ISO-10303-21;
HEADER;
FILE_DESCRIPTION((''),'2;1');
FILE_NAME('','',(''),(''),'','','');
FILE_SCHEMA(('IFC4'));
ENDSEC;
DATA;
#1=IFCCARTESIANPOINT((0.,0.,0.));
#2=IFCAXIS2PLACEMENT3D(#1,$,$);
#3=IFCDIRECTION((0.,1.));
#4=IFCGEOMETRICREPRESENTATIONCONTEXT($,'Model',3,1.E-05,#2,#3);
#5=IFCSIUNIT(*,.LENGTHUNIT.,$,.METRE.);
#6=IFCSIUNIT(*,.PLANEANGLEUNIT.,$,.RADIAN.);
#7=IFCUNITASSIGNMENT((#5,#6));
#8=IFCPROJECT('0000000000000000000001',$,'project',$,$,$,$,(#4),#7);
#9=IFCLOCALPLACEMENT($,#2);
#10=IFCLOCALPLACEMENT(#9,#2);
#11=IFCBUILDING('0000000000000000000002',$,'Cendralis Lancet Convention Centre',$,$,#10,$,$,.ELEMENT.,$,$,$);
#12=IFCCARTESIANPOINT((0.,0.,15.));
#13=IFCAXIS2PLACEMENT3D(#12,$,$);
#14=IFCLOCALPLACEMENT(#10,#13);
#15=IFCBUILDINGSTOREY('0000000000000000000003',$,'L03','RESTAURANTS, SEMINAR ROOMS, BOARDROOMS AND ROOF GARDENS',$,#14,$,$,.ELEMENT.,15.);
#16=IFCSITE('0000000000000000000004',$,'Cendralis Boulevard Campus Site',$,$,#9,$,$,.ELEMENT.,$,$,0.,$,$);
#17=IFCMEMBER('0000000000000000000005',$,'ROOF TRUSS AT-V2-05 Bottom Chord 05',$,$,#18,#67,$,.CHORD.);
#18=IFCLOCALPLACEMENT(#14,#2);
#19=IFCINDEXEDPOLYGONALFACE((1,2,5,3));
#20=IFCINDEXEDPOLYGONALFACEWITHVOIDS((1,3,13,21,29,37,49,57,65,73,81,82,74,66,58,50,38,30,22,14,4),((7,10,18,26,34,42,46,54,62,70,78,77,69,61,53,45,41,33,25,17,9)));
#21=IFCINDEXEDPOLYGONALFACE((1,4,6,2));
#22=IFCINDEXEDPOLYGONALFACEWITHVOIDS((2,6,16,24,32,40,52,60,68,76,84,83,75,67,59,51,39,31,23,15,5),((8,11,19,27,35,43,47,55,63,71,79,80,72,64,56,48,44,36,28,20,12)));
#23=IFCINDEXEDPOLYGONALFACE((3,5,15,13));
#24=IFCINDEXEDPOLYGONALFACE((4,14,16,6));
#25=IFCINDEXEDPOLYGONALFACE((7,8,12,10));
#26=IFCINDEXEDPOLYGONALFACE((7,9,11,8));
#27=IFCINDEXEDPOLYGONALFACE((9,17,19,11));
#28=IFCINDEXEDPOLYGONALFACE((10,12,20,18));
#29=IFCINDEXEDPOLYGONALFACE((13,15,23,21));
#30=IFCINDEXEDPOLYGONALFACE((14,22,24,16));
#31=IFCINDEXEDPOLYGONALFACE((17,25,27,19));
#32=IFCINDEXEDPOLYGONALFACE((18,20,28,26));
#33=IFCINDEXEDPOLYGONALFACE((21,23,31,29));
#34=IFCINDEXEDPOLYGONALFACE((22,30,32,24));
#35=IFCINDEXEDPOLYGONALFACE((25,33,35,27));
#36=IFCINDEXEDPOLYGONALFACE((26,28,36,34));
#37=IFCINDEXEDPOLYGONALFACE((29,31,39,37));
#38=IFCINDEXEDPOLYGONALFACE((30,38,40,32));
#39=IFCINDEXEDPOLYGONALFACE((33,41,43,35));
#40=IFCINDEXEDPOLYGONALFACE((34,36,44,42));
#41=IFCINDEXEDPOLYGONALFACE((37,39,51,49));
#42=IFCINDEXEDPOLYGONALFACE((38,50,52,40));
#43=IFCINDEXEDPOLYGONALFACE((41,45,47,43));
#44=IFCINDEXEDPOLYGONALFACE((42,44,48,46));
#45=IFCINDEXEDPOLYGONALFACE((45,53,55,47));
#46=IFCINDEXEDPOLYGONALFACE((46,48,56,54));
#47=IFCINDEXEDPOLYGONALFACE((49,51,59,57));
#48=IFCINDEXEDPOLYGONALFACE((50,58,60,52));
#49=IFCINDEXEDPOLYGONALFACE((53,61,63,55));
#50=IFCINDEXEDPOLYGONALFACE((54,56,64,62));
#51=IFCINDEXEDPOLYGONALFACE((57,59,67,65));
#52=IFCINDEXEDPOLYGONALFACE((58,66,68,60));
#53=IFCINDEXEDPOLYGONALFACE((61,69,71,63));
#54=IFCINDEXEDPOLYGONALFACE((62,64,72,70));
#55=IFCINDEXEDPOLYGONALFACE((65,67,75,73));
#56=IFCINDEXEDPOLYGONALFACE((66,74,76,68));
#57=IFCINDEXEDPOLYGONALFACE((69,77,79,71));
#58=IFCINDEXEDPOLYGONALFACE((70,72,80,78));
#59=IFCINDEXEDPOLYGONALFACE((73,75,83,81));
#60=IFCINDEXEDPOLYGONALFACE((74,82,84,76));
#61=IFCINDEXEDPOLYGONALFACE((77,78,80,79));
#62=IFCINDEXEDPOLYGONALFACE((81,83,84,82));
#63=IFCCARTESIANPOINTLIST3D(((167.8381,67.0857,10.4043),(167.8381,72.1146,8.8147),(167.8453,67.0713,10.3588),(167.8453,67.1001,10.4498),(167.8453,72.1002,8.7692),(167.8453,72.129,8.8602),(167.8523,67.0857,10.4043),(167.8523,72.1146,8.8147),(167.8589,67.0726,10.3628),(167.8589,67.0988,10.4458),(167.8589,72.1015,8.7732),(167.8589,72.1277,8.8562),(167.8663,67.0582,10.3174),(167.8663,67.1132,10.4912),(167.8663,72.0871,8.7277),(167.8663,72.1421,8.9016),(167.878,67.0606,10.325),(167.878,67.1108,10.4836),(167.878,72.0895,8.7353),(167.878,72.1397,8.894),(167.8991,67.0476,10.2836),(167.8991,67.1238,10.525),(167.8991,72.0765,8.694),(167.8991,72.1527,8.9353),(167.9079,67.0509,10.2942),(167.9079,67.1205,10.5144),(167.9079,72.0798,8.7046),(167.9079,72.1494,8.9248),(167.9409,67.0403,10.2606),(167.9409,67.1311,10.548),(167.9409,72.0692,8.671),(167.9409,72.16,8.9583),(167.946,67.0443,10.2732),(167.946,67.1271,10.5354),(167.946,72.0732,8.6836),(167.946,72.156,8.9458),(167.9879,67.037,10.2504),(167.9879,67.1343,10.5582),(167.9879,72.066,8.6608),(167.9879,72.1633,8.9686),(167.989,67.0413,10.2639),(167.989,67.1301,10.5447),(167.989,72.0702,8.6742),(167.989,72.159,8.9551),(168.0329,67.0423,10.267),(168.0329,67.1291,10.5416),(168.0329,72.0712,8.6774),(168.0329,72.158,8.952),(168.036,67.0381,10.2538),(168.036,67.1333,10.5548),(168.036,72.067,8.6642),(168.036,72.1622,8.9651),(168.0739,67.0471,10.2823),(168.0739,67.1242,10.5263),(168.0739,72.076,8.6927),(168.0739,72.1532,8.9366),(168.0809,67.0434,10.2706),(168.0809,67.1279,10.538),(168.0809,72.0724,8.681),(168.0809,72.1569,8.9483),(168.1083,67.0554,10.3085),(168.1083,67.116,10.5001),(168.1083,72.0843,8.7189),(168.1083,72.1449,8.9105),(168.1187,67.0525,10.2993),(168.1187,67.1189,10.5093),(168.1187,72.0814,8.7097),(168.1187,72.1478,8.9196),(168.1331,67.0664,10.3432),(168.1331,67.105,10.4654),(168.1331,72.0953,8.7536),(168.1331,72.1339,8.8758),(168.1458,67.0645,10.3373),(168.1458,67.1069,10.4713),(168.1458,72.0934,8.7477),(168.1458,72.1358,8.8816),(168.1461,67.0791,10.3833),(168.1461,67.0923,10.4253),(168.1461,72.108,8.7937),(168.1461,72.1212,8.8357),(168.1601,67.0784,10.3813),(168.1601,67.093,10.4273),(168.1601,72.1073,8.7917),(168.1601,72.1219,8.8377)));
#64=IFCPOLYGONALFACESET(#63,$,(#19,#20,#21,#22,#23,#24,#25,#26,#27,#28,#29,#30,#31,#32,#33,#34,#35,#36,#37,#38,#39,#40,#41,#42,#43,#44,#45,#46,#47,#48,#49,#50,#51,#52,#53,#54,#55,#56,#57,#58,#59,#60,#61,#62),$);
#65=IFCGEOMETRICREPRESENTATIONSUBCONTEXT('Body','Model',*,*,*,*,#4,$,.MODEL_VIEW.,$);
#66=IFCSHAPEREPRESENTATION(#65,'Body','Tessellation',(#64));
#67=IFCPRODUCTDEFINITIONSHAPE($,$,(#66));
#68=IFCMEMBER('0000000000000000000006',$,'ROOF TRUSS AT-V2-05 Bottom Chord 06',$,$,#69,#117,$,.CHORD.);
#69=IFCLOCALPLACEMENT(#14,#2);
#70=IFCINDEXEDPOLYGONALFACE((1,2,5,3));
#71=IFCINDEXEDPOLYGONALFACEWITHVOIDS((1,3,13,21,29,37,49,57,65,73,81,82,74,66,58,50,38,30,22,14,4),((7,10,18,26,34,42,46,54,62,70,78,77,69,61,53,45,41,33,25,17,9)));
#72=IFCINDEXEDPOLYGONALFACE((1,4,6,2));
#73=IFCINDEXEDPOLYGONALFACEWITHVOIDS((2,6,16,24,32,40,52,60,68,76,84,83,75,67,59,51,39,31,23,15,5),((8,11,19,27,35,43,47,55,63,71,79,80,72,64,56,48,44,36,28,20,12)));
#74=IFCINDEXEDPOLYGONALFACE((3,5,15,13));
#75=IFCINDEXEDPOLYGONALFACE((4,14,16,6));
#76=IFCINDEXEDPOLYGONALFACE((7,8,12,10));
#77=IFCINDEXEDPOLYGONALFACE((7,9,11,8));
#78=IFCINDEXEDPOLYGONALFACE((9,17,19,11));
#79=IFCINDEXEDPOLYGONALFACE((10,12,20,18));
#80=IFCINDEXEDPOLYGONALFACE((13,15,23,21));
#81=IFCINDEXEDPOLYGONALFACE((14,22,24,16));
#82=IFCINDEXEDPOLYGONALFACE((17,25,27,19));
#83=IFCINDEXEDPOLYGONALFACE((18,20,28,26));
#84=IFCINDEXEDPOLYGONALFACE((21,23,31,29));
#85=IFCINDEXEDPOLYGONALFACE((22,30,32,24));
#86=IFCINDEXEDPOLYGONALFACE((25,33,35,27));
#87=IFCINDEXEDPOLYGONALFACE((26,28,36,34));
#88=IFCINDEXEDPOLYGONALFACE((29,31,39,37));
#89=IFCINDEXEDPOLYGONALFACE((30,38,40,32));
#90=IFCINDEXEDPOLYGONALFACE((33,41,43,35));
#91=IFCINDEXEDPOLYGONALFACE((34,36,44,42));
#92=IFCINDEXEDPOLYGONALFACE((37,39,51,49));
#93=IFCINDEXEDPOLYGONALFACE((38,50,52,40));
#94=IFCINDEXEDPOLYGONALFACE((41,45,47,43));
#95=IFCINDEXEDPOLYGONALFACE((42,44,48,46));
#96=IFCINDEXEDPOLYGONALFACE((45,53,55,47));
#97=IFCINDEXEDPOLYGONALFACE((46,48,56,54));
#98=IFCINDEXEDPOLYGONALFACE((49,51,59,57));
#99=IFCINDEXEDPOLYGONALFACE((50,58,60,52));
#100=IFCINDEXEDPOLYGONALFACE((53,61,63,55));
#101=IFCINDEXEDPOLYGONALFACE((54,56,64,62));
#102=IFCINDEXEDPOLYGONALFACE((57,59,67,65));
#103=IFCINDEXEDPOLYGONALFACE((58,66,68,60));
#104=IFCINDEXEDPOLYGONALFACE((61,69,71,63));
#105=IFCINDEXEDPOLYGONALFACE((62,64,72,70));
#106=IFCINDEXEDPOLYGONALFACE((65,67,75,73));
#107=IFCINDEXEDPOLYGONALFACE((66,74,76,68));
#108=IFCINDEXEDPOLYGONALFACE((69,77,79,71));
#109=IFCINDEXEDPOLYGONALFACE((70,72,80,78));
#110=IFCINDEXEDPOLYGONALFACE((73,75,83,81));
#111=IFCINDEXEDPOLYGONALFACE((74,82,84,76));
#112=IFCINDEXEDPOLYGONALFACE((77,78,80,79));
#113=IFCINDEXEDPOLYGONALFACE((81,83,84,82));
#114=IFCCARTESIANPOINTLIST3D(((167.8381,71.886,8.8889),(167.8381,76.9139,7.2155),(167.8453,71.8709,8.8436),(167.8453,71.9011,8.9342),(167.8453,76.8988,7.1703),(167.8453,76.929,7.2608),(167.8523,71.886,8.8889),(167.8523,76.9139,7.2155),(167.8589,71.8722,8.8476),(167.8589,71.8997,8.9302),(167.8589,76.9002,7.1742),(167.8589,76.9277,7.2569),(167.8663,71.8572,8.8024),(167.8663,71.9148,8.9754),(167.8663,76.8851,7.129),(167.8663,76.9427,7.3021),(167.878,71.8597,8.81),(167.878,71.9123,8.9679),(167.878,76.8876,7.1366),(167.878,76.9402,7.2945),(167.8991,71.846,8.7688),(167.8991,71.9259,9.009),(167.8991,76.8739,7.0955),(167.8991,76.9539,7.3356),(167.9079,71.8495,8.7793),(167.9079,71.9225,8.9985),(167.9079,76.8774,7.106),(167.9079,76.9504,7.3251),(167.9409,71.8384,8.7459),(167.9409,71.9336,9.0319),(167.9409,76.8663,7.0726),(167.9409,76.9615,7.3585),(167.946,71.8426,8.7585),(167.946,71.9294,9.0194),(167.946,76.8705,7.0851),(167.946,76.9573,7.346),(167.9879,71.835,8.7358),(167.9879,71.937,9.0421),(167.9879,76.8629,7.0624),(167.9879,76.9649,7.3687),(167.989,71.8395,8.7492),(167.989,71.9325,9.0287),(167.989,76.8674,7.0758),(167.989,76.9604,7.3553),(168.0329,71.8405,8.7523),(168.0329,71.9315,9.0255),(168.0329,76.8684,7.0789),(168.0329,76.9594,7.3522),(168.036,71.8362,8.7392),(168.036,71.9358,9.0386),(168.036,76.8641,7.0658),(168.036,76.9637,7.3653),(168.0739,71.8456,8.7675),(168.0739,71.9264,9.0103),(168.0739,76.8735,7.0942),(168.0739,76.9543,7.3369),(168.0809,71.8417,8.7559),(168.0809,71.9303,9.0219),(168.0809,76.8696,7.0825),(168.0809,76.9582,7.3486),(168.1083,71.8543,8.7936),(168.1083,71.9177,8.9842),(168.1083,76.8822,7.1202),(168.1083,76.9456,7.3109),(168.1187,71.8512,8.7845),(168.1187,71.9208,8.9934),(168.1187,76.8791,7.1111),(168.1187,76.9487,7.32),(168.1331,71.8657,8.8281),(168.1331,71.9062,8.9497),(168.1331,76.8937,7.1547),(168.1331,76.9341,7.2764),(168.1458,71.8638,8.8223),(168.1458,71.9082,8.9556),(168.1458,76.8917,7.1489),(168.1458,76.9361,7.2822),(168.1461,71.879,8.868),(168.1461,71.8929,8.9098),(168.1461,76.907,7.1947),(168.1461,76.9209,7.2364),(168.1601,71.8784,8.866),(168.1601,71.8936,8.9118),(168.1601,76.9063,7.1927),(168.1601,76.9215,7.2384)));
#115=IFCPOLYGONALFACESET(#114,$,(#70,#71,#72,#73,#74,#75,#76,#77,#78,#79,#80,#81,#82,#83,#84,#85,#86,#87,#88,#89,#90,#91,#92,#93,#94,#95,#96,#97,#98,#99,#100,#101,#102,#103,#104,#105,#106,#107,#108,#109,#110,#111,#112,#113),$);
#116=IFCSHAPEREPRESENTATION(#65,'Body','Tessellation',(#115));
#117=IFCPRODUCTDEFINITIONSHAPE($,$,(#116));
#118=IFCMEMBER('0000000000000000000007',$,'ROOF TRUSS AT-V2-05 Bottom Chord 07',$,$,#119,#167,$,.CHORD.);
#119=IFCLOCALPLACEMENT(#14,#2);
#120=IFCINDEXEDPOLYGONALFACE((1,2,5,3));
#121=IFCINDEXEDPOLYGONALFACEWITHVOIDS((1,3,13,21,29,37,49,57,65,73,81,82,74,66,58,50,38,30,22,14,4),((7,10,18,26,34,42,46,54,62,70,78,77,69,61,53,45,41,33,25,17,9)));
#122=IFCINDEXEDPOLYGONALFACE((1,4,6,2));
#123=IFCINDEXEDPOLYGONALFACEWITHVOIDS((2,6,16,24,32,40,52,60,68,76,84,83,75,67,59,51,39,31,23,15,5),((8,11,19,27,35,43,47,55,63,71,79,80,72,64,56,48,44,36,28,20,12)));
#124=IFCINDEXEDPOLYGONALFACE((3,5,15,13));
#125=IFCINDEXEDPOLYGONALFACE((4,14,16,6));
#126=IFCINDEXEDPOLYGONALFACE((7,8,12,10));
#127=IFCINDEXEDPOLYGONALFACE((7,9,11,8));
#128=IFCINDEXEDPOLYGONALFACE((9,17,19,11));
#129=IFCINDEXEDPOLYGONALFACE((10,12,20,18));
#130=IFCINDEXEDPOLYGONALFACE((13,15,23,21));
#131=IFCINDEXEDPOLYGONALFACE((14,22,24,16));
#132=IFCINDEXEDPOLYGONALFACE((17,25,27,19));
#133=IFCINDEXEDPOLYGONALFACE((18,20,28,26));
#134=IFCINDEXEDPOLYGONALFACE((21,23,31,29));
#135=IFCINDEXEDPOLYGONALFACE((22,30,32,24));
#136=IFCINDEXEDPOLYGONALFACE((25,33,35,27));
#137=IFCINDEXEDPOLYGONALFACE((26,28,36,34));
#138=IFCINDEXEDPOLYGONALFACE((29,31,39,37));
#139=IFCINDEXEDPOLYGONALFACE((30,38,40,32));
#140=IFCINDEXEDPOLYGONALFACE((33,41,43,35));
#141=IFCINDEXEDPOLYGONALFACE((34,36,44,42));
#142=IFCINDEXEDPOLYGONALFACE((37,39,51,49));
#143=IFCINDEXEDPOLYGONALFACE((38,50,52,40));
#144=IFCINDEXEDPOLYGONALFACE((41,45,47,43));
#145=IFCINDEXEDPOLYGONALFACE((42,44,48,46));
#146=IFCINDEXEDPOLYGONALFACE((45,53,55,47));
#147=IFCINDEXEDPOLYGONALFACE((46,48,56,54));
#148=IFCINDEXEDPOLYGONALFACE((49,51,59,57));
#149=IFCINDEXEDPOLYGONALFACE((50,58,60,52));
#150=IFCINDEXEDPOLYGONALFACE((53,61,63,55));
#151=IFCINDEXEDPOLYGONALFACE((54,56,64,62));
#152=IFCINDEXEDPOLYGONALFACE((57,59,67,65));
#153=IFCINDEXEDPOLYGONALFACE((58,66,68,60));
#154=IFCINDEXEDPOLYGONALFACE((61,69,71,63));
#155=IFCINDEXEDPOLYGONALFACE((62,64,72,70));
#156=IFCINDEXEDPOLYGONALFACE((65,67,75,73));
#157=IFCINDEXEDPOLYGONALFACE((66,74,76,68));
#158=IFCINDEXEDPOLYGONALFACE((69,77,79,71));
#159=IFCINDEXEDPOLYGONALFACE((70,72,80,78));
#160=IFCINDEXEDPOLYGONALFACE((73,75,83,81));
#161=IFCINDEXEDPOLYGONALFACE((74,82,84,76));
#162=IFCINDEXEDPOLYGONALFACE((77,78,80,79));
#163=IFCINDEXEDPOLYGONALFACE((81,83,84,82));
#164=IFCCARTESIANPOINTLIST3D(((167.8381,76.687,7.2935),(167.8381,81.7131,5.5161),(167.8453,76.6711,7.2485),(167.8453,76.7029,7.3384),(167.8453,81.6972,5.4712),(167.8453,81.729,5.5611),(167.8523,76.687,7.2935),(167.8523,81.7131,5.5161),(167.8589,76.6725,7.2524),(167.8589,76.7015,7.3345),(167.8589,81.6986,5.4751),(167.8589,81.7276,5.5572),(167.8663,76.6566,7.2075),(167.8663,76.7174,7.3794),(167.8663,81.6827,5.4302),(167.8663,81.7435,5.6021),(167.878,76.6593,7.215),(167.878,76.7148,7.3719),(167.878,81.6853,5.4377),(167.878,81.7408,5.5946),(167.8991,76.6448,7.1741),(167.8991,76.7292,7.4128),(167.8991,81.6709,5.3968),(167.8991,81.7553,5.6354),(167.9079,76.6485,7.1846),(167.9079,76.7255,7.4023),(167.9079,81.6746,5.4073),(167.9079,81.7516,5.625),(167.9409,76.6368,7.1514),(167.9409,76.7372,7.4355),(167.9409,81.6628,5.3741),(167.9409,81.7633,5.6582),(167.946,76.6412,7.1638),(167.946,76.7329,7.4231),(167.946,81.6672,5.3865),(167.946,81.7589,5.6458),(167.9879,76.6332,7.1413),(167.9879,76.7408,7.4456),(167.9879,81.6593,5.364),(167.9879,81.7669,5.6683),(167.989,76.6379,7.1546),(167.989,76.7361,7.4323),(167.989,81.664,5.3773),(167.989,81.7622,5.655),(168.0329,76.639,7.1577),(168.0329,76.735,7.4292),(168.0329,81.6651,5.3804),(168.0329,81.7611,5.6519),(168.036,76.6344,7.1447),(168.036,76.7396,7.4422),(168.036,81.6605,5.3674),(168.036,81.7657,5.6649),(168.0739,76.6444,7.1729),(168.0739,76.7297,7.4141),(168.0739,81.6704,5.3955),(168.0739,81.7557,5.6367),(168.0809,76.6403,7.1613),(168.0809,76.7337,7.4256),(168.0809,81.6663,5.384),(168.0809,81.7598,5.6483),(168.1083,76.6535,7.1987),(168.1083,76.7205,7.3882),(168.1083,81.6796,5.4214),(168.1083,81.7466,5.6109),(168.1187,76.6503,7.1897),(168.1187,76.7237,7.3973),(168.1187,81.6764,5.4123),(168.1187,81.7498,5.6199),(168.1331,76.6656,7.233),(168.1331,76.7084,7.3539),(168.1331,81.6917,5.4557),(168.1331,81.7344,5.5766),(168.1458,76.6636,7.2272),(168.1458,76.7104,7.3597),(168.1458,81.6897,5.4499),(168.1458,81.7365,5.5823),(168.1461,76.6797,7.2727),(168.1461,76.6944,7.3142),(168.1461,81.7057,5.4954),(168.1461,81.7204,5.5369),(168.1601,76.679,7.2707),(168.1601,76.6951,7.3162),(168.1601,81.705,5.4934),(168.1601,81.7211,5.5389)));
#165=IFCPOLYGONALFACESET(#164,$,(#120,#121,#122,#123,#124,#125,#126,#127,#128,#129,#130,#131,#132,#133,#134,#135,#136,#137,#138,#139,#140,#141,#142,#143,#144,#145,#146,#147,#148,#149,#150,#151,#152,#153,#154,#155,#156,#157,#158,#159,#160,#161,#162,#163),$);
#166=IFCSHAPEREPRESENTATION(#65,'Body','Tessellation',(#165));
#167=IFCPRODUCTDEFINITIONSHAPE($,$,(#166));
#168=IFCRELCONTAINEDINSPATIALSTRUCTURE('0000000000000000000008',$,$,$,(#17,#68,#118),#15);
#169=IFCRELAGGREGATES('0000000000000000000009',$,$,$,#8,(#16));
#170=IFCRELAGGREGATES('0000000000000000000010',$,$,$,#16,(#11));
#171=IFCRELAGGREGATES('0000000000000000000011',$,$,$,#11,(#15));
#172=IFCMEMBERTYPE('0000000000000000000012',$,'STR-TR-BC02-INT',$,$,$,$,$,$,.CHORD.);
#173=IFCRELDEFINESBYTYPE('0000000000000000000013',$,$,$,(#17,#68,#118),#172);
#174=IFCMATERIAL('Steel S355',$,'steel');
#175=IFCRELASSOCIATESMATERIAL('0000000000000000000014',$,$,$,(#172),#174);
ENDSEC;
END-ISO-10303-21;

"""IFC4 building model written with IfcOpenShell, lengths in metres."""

from ifc_helpers import new_model, si_unit, direction, frame, origin, origin_2d, place, context, subcontext, project, spatial, hollow_circle, extrude, material, material_profile, profile_set, type_object, element, save


model = new_model("IFC4")

# Units and contexts
model_context = context("Model", 3, precision=1e-05, world=origin(), true_north=direction((0.0, 1.0)))
body_context = subcontext(model_context, "Body", "Model", "MODEL_VIEW")
ifc_project = project(units=[si_unit("LENGTHUNIT", "METRE"), si_unit("PLANEANGLEUNIT", "RADIAN")], contexts=[model_context])

# Site, building, storey
site_placement = place(None, origin())
site = spatial("IfcSite", under=ifc_project, at=site_placement, Name="Cendralis Boulevard Campus Site", CompositionType="ELEMENT", RefElevation=0.0)
building_placement = place(site_placement, origin())
building = spatial("IfcBuilding", under=site, at=building_placement, Name="Cendralis Lancet Convention Centre", CompositionType="ELEMENT")
storey_placement = place(building_placement, frame((0.0, 0.0, 15.0)))
storey = spatial("IfcBuildingStorey", under=building, at=storey_placement, Name="L03", Description="RESTAURANTS, SEMINAR ROOMS, BOARDROOMS AND ROOF GARDENS", CompositionType="ELEMENT", Elevation=15.0)

# Members
ifc_material = material(Name="Steel S355", Category="steel")
ifc_material_profile_1 = material_profile(ifc_material, hollow_circle(Radius=0.1619, WallThickness=0.0142, at=origin_2d()), Name="CHS 323.9x14.2")
ifc_profile_set_1 = profile_set([ifc_material_profile_1], Name="Steel S355")
member_type_1 = type_object("IfcMemberType", Name="STR-TR-BC02-INT", PredefinedType="CHORD", material=ifc_profile_set_1)
member_1_placement = place(storey_placement, frame((168.0, 67.0857, 10.4043), z_axis=(0.0, 0.953498, -0.301399), x_axis=(-1.0, 0.0, 0.0)))
element("IfcMember", 1, at=member_1_placement, inside=storey, type_object=member_type_1, Name="ROOF TRUSS AT-V2-05 Bottom Chord 05", PredefinedType="CHORD", context=body_context, shape_type="SweptSolid", body=[
    extrude(hollow_circle(Radius=0.1619, WallThickness=0.0142, at=origin_2d()), origin(), (0.0, 0.0, 1.0), 5.2742),
])
member_2_placement = place(storey_placement, frame((168.0, 71.886, 8.8889), z_axis=(0.0, 0.948831, -0.315785), x_axis=(-1.0, 0.0, 0.0)))
element("IfcMember", 2, at=member_2_placement, inside=storey, type_object=member_type_1, Name="ROOF TRUSS AT-V2-05 Bottom Chord 06", PredefinedType="CHORD", context=body_context, shape_type="SweptSolid", body=[
    extrude(hollow_circle(Radius=0.1619, WallThickness=0.0142, at=origin_2d()), origin(), (0.0, 0.0, 1.0), 5.2991),
])
member_3_placement = place(storey_placement, frame((168.0, 76.687, 7.2935), z_axis=(0.0, 0.942789, -0.33339), x_axis=(-1.0, 0.0, 0.0)))
element("IfcMember", 3, at=member_3_placement, inside=storey, type_object=member_type_1, Name="ROOF TRUSS AT-V2-05 Bottom Chord 07", PredefinedType="CHORD", context=body_context, shape_type="SweptSolid", body=[
    extrude(hollow_circle(Radius=0.1619, WallThickness=0.0142, at=origin_2d()), origin(), (0.0, 0.0, 1.0), 5.3311),
])

save(model, "model.ifc")
